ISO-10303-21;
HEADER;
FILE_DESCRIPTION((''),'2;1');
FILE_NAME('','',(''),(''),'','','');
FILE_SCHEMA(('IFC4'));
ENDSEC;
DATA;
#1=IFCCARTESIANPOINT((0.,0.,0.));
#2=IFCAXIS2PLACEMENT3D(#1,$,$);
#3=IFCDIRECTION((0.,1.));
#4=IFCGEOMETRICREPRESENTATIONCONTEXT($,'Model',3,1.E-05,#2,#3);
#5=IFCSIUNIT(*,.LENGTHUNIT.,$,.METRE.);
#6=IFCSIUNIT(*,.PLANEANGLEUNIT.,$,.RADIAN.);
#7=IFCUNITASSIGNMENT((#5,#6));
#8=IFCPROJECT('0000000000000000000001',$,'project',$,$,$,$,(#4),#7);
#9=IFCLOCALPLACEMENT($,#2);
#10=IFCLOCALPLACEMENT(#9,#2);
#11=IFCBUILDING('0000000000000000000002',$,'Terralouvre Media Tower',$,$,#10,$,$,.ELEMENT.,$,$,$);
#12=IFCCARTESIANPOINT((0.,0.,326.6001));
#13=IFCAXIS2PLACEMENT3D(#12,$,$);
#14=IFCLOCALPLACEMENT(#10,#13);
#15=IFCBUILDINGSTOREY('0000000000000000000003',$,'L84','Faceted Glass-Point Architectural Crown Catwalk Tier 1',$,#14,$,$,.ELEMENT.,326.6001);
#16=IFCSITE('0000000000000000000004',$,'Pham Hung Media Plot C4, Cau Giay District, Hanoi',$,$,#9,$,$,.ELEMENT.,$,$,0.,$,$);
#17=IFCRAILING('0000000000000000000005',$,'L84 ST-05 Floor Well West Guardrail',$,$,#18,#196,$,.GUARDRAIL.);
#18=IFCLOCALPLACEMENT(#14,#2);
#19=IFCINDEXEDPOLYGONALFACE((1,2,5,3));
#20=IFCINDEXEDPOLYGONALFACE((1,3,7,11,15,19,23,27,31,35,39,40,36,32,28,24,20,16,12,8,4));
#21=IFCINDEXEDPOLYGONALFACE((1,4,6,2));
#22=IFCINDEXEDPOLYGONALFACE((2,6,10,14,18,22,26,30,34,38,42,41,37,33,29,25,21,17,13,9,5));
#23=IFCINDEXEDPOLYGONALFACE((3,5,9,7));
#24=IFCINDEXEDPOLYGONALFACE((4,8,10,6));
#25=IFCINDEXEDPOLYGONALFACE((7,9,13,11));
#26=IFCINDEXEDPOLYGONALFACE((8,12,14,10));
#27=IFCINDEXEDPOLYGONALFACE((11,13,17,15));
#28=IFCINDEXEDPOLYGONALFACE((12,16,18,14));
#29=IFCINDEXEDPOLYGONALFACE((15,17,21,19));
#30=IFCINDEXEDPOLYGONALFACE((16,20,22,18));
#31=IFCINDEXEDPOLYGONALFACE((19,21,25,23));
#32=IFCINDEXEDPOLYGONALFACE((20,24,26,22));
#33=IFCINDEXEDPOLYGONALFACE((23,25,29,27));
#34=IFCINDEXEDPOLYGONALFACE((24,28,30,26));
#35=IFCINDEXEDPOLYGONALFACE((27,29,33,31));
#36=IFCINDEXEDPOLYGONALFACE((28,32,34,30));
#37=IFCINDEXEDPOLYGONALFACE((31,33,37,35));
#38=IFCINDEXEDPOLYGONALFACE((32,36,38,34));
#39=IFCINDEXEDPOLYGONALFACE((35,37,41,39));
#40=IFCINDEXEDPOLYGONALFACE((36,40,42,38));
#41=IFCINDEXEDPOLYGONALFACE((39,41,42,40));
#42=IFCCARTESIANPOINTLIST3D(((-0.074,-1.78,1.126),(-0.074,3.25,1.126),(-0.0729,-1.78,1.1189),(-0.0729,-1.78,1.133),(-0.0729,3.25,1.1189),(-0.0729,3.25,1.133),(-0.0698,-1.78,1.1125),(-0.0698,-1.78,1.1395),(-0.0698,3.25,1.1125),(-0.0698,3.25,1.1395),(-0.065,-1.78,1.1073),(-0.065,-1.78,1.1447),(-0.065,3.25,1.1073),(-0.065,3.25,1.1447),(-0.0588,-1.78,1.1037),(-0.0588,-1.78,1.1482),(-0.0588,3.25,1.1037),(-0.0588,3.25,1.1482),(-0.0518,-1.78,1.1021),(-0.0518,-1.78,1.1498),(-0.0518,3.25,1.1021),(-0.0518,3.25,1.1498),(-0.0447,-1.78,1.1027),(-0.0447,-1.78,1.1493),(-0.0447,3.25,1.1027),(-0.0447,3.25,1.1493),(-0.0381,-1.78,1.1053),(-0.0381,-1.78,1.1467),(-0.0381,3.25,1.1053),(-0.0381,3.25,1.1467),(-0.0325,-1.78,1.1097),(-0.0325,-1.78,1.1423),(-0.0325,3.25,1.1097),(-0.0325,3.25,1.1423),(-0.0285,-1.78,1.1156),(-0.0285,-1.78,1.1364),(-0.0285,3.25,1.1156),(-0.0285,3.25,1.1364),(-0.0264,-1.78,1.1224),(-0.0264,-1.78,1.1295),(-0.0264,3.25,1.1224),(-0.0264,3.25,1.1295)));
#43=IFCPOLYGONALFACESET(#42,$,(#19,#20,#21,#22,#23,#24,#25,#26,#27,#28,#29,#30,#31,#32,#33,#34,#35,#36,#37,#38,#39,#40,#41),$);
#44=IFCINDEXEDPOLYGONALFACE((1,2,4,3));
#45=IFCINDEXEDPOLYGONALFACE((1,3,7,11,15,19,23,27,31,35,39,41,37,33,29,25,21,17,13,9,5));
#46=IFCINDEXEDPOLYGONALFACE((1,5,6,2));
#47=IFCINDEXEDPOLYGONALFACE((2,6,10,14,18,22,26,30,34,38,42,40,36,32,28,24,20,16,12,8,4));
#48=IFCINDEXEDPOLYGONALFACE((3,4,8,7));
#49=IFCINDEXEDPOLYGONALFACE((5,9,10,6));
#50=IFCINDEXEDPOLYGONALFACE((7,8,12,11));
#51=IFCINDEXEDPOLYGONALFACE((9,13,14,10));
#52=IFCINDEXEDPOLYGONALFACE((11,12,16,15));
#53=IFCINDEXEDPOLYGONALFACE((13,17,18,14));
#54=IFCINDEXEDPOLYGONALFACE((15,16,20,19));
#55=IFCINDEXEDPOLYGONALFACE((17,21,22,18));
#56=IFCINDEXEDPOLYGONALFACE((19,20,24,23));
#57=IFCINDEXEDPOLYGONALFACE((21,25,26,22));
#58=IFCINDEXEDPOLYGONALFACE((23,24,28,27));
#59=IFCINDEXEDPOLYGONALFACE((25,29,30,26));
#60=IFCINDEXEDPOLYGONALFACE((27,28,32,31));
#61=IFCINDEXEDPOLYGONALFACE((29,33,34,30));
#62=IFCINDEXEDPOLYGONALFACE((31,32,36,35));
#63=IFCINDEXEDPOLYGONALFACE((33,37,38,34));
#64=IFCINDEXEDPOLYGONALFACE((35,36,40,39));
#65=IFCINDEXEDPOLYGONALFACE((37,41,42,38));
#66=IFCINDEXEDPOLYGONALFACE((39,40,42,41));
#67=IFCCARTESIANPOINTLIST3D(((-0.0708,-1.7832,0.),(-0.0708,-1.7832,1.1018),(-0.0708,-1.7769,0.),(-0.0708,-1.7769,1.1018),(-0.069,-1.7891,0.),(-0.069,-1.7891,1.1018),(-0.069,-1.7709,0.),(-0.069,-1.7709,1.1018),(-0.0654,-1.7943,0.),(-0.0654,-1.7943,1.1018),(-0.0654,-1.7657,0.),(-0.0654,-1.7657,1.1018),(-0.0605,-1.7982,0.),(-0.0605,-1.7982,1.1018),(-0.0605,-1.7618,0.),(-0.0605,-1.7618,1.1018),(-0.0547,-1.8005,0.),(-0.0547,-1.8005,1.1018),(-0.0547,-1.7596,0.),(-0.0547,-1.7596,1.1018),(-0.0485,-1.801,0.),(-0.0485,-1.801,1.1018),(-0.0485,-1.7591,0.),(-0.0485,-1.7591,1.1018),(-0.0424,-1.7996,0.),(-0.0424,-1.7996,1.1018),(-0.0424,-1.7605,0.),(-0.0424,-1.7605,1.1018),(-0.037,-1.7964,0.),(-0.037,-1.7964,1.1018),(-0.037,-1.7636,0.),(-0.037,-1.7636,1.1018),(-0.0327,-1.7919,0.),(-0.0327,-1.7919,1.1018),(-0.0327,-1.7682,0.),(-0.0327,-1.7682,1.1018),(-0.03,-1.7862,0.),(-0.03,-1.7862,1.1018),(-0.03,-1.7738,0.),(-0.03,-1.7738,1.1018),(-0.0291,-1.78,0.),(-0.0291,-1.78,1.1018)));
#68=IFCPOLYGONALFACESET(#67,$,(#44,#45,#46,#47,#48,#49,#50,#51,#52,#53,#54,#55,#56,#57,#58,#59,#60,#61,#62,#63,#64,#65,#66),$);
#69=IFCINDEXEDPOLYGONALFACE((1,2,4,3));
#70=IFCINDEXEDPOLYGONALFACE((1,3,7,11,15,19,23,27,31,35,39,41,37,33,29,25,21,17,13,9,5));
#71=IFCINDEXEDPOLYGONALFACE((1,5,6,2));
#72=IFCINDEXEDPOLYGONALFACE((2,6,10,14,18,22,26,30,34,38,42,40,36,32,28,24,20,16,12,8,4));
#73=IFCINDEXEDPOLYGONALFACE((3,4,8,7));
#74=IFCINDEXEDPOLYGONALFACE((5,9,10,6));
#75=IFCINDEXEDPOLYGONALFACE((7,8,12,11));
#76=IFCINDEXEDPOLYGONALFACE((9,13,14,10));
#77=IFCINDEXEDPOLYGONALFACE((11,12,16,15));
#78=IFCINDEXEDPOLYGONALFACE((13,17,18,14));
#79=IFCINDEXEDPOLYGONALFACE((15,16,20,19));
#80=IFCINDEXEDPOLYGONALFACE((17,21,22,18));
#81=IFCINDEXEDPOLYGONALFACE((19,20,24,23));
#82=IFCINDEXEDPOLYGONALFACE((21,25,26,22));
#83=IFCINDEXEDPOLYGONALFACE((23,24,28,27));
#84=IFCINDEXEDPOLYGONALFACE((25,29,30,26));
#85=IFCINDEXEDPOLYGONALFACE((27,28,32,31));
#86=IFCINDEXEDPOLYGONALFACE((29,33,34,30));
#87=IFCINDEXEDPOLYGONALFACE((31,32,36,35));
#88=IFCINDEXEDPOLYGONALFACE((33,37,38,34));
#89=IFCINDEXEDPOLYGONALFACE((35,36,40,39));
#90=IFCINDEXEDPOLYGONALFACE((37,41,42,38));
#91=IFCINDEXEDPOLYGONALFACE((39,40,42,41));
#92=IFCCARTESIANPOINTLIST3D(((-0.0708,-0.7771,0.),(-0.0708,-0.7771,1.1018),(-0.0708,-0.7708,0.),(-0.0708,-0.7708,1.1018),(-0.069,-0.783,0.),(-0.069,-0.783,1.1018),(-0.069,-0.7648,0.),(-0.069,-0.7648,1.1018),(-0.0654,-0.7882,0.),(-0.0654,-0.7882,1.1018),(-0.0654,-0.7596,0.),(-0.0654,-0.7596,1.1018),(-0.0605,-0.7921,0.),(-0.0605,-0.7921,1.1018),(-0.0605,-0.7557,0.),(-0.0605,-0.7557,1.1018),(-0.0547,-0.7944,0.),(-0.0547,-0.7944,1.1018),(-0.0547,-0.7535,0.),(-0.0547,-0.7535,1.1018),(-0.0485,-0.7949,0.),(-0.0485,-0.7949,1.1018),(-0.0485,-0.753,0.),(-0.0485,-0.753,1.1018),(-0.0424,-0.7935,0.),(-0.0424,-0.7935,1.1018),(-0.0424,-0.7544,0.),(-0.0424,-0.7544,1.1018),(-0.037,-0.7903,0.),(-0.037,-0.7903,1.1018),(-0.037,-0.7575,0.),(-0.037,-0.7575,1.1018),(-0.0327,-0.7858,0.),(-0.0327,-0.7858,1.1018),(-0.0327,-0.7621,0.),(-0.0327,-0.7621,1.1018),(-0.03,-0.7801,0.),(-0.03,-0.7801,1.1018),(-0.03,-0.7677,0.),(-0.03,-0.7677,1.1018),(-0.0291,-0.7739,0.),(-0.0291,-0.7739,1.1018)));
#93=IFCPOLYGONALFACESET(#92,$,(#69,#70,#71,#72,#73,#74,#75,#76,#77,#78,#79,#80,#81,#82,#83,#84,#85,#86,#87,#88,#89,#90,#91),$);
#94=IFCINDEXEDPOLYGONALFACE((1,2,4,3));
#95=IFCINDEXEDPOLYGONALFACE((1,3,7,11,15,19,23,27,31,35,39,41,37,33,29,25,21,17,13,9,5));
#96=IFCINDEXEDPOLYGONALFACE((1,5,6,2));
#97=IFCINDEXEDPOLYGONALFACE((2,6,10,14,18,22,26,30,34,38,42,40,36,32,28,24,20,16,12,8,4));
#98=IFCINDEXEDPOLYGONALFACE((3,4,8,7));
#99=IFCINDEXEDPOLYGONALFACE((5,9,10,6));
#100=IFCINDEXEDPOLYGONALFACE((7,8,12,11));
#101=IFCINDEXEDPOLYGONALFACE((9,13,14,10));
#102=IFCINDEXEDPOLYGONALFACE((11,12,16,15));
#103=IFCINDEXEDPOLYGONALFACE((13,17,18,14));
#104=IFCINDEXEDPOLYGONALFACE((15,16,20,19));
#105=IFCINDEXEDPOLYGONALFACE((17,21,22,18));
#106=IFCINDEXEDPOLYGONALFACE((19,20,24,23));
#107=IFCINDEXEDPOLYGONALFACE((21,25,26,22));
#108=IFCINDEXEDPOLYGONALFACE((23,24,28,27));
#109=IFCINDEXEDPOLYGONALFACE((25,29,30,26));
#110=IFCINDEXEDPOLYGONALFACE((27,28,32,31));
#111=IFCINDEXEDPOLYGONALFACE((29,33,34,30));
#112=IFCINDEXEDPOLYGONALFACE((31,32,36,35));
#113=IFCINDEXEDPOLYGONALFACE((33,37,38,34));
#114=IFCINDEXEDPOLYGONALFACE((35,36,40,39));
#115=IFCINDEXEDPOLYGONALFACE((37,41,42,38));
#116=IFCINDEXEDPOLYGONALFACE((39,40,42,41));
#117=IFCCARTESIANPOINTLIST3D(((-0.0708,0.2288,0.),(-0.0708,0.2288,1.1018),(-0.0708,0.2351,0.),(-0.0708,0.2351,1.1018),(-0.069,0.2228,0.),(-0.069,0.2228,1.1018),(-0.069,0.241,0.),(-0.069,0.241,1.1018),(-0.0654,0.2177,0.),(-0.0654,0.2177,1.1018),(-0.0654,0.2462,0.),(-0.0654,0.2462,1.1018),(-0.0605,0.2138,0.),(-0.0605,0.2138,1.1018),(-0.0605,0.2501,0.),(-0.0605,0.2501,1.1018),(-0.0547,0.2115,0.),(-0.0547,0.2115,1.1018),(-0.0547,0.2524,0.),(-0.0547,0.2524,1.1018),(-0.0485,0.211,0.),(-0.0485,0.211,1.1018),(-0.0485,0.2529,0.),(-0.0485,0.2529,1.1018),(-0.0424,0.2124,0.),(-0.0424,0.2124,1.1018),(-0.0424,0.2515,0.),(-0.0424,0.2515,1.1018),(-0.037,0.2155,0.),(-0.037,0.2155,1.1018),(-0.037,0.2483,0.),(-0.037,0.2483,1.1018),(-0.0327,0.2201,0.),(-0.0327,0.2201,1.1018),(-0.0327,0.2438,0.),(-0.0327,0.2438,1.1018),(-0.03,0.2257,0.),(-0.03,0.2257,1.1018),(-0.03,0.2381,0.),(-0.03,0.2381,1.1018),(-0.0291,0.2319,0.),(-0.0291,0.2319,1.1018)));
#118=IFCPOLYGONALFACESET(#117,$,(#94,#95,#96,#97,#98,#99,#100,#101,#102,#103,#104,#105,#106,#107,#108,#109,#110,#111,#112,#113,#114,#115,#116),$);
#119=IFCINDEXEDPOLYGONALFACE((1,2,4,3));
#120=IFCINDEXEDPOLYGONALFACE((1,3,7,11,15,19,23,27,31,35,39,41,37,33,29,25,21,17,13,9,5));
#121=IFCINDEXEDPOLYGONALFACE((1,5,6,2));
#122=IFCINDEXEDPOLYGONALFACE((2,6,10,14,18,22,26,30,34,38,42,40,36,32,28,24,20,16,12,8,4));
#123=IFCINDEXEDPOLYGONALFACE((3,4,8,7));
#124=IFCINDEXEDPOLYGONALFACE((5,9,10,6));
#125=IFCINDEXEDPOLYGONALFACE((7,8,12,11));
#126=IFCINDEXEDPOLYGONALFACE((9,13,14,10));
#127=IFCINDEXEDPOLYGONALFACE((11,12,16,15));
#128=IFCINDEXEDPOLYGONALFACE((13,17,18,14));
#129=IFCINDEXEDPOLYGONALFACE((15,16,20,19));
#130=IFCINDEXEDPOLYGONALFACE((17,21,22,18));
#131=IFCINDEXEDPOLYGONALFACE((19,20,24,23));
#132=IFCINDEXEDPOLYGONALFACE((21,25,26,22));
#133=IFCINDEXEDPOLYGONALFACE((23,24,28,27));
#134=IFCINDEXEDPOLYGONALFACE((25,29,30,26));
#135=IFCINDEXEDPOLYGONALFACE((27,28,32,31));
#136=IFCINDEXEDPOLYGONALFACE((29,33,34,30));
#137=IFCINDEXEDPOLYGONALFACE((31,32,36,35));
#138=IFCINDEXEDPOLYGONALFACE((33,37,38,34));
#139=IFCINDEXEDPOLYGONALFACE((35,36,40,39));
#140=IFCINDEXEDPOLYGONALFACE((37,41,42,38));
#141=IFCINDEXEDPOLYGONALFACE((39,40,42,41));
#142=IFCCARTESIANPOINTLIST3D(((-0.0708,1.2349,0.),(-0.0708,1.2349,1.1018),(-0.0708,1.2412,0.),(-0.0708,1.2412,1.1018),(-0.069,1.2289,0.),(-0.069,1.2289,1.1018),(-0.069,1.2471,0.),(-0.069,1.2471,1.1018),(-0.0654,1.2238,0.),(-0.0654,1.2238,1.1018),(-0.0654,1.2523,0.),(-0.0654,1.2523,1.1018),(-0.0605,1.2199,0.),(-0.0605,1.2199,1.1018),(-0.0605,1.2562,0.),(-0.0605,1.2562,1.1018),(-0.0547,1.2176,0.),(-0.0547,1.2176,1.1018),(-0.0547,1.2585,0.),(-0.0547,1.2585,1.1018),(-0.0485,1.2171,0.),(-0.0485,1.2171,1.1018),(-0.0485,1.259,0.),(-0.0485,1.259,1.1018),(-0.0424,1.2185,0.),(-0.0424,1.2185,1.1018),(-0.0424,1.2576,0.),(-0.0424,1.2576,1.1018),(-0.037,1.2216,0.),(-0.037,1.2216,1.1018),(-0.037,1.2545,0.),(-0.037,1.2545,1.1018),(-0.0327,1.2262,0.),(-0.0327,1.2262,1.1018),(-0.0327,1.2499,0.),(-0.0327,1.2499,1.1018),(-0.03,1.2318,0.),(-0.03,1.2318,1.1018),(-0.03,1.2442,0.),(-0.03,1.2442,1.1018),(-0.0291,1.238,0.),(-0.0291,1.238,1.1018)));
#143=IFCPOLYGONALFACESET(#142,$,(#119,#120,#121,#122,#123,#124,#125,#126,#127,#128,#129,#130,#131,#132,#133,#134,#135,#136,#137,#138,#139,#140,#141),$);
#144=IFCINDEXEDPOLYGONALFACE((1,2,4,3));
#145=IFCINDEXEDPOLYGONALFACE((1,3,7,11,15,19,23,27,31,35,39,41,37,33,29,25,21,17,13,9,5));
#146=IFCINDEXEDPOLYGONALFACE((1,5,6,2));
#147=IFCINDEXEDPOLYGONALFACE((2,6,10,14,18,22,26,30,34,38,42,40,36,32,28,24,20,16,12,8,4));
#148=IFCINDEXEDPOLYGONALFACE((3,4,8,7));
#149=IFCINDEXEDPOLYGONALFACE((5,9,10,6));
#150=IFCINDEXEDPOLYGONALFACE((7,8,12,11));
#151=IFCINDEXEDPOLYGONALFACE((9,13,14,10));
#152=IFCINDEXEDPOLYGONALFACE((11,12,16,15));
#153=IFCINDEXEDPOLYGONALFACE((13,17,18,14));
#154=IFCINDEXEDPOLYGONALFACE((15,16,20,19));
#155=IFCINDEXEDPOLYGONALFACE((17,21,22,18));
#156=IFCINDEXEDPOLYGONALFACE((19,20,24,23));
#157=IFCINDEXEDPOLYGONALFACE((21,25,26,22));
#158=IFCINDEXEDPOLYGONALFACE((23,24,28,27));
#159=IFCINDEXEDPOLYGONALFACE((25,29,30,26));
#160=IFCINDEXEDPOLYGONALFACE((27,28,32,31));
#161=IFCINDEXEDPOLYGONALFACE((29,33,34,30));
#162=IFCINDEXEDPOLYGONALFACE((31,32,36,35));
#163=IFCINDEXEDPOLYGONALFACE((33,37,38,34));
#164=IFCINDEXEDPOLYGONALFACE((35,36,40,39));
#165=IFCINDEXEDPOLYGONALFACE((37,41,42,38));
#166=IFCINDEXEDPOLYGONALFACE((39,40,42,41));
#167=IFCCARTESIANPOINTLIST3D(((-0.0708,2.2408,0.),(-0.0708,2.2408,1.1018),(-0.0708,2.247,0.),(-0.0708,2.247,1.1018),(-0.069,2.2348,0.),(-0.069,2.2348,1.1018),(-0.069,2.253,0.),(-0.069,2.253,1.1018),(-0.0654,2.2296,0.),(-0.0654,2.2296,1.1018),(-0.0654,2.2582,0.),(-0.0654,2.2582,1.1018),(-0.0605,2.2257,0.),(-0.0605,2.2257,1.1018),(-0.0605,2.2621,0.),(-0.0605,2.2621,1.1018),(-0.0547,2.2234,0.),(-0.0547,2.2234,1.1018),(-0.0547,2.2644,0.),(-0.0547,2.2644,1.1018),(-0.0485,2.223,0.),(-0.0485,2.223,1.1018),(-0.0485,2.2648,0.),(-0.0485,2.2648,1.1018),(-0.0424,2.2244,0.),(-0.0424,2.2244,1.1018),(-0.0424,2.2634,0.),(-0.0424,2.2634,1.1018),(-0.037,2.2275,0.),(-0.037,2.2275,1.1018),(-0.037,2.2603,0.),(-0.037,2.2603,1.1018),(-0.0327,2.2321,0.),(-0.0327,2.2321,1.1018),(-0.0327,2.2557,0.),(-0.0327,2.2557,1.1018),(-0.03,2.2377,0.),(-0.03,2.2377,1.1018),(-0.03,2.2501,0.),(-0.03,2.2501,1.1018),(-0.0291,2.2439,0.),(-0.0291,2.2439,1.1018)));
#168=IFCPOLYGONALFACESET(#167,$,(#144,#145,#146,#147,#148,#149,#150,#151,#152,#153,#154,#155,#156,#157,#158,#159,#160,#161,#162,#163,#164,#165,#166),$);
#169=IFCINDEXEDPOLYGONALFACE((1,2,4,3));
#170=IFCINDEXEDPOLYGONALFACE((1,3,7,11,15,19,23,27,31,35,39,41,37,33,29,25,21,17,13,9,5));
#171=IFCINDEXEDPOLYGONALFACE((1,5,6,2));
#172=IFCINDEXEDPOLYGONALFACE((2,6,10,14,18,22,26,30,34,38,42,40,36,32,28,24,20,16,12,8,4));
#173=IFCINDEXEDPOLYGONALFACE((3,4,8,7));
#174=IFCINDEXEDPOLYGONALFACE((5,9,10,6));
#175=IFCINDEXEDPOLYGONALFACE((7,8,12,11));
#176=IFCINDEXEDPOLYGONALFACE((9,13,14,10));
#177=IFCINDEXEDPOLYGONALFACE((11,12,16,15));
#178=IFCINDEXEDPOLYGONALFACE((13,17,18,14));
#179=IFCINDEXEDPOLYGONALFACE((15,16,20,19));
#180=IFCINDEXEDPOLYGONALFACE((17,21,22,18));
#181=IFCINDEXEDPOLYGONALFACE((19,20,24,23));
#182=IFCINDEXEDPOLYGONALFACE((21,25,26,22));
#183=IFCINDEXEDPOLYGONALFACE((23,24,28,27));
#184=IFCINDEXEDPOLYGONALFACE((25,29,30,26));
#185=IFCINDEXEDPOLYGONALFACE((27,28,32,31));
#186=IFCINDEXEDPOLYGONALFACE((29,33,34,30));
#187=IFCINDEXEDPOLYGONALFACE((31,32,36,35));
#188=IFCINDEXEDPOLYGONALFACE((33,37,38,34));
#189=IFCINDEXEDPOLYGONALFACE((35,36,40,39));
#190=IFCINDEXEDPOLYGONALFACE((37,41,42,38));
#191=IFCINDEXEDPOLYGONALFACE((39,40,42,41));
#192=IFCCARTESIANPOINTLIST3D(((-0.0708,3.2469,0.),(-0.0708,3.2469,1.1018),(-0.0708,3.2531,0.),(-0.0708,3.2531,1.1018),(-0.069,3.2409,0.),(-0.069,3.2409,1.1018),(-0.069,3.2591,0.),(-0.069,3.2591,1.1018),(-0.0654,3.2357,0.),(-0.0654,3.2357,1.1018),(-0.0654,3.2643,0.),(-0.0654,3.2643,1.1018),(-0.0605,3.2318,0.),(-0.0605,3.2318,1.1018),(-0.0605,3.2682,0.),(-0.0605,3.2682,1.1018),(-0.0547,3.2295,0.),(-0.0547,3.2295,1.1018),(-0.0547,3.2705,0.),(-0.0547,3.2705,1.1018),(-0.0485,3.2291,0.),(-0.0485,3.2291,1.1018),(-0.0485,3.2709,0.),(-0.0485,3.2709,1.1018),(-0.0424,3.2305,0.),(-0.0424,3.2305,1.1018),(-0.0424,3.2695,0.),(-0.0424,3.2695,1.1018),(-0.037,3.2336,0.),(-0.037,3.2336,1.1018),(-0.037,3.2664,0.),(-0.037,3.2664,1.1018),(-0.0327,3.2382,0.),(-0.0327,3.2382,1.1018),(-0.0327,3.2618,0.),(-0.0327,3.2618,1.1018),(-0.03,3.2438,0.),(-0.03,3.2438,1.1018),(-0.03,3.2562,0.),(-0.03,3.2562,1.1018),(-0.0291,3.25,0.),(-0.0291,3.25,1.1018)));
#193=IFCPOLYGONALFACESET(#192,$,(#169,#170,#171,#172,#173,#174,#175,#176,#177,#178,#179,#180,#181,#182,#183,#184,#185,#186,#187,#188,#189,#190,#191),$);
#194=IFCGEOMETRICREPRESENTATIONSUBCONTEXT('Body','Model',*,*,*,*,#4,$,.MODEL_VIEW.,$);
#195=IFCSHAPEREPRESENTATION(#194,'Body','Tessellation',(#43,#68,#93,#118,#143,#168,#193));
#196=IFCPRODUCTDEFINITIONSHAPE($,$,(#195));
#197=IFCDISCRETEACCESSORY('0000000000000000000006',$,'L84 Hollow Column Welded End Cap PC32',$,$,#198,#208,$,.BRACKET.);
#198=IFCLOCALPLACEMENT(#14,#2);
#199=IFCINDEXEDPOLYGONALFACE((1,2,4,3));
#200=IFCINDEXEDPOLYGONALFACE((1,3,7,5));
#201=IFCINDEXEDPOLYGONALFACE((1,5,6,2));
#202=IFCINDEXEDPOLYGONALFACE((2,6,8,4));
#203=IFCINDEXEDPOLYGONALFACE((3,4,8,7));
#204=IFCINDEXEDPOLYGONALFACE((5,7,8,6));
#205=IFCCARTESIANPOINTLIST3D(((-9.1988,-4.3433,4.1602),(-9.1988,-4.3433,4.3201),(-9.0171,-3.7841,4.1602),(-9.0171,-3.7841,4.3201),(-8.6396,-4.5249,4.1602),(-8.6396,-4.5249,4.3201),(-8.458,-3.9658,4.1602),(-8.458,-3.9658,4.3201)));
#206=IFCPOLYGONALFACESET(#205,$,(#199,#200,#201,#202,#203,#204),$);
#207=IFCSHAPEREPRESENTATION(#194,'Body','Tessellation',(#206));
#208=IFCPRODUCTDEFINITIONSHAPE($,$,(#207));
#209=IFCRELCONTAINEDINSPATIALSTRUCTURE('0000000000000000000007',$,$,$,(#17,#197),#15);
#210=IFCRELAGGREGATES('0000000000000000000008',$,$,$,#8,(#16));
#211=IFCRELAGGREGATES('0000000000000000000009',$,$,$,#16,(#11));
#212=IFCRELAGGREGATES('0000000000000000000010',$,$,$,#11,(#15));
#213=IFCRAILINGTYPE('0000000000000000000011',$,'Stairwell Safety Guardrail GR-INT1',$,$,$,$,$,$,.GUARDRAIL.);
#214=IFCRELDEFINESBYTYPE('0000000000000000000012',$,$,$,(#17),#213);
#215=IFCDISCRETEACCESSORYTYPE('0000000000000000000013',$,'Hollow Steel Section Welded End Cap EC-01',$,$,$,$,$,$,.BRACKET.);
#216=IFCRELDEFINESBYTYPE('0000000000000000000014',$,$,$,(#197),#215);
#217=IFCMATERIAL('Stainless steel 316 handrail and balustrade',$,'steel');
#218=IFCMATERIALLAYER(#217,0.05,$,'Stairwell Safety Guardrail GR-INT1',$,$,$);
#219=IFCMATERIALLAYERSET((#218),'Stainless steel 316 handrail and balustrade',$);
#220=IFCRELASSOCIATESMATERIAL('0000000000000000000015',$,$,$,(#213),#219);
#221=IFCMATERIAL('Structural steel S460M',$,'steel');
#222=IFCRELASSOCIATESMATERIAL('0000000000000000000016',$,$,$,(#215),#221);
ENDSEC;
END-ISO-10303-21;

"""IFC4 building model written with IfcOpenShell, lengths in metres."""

from ifc_helpers import new_model, si_unit, direction, frame, origin, origin_2d, place, context, subcontext, project, spatial, rectangle, circle, extrude, material, layer, layer_set, type_object, element, save


model = new_model("IFC4")

# Units and contexts
model_context = context("Model", 3, precision=1e-05, world=origin(), true_north=direction((0.0, 1.0)))
body_context = subcontext(model_context, "Body", "Model", "MODEL_VIEW")
ifc_project = project(units=[si_unit("LENGTHUNIT", "METRE"), si_unit("PLANEANGLEUNIT", "RADIAN")], contexts=[model_context])

# Site, building, storey
site_placement = place(None, origin())
site = spatial("IfcSite", under=ifc_project, at=site_placement, Name="Pham Hung Media Plot C4, Cau Giay District, Hanoi", CompositionType="ELEMENT", RefElevation=0.0)
building_placement = place(site_placement, origin())
building = spatial("IfcBuilding", under=site, at=building_placement, Name="Terralouvre Media Tower", CompositionType="ELEMENT")
storey_placement = place(building_placement, frame((0.0, 0.0, 326.6001)))
storey = spatial("IfcBuildingStorey", under=building, at=storey_placement, Name="L84", Description="Faceted Glass-Point Architectural Crown Catwalk Tier 1", CompositionType="ELEMENT", Elevation=326.6001)

# Railing
ifc_material_1 = material(Name="Stainless steel 316 handrail and balustrade", Category="steel")
ifc_layer_1 = layer(ifc_material_1, 0.05, Name="Stairwell Safety Guardrail GR-INT1")
ifc_layer_set_1 = layer_set([ifc_layer_1], Name="Stainless steel 316 handrail and balustrade")
railing_type = type_object("IfcRailingType", Name="Stairwell Safety Guardrail GR-INT1", PredefinedType="GUARDRAIL", material=ifc_layer_set_1)
railing_placement = place(storey_placement, frame((-0.05, -1.78, 0.0)))
element("IfcRailing", 1, at=railing_placement, inside=storey, type_object=railing_type, Name="L84 ST-05 Floor Well West Guardrail", PredefinedType="GUARDRAIL", context=body_context, shape_type="SweptSolid", body=[
    extrude(circle(Radius=0.0239, at=origin_2d()), frame((0.0, 0.0, 1.126), z_axis=(0.0, 1.0, 0.0), x_axis=(-1.0, 0.0, 0.0)), (0.0, 0.0, 1.0), 5.03),
    extrude(circle(Radius=0.021, at=origin_2d()), origin(), (0.0, 0.0, 1.0), 1.1018),
    extrude(circle(Radius=0.021, at=origin_2d()), frame((0.0, 1.0061, 0.0)), (0.0, 0.0, 1.0), 1.1018),
    extrude(circle(Radius=0.021, at=origin_2d()), frame((0.0, 2.012, 0.0)), (0.0, 0.0, 1.0), 1.1018),
    extrude(circle(Radius=0.021, at=origin_2d()), frame((0.0, 3.0181, 0.0)), (0.0, 0.0, 1.0), 1.1018),
    extrude(circle(Radius=0.021, at=origin_2d()), frame((0.0, 4.0239, 0.0)), (0.0, 0.0, 1.0), 1.1018),
    extrude(circle(Radius=0.021, at=origin_2d()), frame((0.0, 5.03, 0.0)), (0.0, 0.0, 1.0), 1.1018),
])

# Discrete accessory
ifc_material_2 = material(Name="Structural steel S460M", Category="steel")
discrete_accessory_type = type_object("IfcDiscreteAccessoryType", Name="Hollow Steel Section Welded End Cap EC-01", PredefinedType="BRACKET", material=ifc_material_2)
discrete_accessory_1_placement = place(storey_placement, frame((-8.8284, -4.1545, 4.1602), z_axis=(0.0, 0.0, 1.0), x_axis=(0.309017, 0.951057, 0.0)))
element("IfcDiscreteAccessory", 2, at=discrete_accessory_1_placement, inside=storey, type_object=discrete_accessory_type, Name="L84 Hollow Column Welded End Cap PC32", PredefinedType="BRACKET", context=body_context, shape_type="SweptSolid", body=[
    extrude(rectangle(XDim=0.5879, YDim=0.5879, at=origin_2d()), origin(), (0.0, 0.0, 1.0), 0.1599),
])

save(model, "model.ifc")
